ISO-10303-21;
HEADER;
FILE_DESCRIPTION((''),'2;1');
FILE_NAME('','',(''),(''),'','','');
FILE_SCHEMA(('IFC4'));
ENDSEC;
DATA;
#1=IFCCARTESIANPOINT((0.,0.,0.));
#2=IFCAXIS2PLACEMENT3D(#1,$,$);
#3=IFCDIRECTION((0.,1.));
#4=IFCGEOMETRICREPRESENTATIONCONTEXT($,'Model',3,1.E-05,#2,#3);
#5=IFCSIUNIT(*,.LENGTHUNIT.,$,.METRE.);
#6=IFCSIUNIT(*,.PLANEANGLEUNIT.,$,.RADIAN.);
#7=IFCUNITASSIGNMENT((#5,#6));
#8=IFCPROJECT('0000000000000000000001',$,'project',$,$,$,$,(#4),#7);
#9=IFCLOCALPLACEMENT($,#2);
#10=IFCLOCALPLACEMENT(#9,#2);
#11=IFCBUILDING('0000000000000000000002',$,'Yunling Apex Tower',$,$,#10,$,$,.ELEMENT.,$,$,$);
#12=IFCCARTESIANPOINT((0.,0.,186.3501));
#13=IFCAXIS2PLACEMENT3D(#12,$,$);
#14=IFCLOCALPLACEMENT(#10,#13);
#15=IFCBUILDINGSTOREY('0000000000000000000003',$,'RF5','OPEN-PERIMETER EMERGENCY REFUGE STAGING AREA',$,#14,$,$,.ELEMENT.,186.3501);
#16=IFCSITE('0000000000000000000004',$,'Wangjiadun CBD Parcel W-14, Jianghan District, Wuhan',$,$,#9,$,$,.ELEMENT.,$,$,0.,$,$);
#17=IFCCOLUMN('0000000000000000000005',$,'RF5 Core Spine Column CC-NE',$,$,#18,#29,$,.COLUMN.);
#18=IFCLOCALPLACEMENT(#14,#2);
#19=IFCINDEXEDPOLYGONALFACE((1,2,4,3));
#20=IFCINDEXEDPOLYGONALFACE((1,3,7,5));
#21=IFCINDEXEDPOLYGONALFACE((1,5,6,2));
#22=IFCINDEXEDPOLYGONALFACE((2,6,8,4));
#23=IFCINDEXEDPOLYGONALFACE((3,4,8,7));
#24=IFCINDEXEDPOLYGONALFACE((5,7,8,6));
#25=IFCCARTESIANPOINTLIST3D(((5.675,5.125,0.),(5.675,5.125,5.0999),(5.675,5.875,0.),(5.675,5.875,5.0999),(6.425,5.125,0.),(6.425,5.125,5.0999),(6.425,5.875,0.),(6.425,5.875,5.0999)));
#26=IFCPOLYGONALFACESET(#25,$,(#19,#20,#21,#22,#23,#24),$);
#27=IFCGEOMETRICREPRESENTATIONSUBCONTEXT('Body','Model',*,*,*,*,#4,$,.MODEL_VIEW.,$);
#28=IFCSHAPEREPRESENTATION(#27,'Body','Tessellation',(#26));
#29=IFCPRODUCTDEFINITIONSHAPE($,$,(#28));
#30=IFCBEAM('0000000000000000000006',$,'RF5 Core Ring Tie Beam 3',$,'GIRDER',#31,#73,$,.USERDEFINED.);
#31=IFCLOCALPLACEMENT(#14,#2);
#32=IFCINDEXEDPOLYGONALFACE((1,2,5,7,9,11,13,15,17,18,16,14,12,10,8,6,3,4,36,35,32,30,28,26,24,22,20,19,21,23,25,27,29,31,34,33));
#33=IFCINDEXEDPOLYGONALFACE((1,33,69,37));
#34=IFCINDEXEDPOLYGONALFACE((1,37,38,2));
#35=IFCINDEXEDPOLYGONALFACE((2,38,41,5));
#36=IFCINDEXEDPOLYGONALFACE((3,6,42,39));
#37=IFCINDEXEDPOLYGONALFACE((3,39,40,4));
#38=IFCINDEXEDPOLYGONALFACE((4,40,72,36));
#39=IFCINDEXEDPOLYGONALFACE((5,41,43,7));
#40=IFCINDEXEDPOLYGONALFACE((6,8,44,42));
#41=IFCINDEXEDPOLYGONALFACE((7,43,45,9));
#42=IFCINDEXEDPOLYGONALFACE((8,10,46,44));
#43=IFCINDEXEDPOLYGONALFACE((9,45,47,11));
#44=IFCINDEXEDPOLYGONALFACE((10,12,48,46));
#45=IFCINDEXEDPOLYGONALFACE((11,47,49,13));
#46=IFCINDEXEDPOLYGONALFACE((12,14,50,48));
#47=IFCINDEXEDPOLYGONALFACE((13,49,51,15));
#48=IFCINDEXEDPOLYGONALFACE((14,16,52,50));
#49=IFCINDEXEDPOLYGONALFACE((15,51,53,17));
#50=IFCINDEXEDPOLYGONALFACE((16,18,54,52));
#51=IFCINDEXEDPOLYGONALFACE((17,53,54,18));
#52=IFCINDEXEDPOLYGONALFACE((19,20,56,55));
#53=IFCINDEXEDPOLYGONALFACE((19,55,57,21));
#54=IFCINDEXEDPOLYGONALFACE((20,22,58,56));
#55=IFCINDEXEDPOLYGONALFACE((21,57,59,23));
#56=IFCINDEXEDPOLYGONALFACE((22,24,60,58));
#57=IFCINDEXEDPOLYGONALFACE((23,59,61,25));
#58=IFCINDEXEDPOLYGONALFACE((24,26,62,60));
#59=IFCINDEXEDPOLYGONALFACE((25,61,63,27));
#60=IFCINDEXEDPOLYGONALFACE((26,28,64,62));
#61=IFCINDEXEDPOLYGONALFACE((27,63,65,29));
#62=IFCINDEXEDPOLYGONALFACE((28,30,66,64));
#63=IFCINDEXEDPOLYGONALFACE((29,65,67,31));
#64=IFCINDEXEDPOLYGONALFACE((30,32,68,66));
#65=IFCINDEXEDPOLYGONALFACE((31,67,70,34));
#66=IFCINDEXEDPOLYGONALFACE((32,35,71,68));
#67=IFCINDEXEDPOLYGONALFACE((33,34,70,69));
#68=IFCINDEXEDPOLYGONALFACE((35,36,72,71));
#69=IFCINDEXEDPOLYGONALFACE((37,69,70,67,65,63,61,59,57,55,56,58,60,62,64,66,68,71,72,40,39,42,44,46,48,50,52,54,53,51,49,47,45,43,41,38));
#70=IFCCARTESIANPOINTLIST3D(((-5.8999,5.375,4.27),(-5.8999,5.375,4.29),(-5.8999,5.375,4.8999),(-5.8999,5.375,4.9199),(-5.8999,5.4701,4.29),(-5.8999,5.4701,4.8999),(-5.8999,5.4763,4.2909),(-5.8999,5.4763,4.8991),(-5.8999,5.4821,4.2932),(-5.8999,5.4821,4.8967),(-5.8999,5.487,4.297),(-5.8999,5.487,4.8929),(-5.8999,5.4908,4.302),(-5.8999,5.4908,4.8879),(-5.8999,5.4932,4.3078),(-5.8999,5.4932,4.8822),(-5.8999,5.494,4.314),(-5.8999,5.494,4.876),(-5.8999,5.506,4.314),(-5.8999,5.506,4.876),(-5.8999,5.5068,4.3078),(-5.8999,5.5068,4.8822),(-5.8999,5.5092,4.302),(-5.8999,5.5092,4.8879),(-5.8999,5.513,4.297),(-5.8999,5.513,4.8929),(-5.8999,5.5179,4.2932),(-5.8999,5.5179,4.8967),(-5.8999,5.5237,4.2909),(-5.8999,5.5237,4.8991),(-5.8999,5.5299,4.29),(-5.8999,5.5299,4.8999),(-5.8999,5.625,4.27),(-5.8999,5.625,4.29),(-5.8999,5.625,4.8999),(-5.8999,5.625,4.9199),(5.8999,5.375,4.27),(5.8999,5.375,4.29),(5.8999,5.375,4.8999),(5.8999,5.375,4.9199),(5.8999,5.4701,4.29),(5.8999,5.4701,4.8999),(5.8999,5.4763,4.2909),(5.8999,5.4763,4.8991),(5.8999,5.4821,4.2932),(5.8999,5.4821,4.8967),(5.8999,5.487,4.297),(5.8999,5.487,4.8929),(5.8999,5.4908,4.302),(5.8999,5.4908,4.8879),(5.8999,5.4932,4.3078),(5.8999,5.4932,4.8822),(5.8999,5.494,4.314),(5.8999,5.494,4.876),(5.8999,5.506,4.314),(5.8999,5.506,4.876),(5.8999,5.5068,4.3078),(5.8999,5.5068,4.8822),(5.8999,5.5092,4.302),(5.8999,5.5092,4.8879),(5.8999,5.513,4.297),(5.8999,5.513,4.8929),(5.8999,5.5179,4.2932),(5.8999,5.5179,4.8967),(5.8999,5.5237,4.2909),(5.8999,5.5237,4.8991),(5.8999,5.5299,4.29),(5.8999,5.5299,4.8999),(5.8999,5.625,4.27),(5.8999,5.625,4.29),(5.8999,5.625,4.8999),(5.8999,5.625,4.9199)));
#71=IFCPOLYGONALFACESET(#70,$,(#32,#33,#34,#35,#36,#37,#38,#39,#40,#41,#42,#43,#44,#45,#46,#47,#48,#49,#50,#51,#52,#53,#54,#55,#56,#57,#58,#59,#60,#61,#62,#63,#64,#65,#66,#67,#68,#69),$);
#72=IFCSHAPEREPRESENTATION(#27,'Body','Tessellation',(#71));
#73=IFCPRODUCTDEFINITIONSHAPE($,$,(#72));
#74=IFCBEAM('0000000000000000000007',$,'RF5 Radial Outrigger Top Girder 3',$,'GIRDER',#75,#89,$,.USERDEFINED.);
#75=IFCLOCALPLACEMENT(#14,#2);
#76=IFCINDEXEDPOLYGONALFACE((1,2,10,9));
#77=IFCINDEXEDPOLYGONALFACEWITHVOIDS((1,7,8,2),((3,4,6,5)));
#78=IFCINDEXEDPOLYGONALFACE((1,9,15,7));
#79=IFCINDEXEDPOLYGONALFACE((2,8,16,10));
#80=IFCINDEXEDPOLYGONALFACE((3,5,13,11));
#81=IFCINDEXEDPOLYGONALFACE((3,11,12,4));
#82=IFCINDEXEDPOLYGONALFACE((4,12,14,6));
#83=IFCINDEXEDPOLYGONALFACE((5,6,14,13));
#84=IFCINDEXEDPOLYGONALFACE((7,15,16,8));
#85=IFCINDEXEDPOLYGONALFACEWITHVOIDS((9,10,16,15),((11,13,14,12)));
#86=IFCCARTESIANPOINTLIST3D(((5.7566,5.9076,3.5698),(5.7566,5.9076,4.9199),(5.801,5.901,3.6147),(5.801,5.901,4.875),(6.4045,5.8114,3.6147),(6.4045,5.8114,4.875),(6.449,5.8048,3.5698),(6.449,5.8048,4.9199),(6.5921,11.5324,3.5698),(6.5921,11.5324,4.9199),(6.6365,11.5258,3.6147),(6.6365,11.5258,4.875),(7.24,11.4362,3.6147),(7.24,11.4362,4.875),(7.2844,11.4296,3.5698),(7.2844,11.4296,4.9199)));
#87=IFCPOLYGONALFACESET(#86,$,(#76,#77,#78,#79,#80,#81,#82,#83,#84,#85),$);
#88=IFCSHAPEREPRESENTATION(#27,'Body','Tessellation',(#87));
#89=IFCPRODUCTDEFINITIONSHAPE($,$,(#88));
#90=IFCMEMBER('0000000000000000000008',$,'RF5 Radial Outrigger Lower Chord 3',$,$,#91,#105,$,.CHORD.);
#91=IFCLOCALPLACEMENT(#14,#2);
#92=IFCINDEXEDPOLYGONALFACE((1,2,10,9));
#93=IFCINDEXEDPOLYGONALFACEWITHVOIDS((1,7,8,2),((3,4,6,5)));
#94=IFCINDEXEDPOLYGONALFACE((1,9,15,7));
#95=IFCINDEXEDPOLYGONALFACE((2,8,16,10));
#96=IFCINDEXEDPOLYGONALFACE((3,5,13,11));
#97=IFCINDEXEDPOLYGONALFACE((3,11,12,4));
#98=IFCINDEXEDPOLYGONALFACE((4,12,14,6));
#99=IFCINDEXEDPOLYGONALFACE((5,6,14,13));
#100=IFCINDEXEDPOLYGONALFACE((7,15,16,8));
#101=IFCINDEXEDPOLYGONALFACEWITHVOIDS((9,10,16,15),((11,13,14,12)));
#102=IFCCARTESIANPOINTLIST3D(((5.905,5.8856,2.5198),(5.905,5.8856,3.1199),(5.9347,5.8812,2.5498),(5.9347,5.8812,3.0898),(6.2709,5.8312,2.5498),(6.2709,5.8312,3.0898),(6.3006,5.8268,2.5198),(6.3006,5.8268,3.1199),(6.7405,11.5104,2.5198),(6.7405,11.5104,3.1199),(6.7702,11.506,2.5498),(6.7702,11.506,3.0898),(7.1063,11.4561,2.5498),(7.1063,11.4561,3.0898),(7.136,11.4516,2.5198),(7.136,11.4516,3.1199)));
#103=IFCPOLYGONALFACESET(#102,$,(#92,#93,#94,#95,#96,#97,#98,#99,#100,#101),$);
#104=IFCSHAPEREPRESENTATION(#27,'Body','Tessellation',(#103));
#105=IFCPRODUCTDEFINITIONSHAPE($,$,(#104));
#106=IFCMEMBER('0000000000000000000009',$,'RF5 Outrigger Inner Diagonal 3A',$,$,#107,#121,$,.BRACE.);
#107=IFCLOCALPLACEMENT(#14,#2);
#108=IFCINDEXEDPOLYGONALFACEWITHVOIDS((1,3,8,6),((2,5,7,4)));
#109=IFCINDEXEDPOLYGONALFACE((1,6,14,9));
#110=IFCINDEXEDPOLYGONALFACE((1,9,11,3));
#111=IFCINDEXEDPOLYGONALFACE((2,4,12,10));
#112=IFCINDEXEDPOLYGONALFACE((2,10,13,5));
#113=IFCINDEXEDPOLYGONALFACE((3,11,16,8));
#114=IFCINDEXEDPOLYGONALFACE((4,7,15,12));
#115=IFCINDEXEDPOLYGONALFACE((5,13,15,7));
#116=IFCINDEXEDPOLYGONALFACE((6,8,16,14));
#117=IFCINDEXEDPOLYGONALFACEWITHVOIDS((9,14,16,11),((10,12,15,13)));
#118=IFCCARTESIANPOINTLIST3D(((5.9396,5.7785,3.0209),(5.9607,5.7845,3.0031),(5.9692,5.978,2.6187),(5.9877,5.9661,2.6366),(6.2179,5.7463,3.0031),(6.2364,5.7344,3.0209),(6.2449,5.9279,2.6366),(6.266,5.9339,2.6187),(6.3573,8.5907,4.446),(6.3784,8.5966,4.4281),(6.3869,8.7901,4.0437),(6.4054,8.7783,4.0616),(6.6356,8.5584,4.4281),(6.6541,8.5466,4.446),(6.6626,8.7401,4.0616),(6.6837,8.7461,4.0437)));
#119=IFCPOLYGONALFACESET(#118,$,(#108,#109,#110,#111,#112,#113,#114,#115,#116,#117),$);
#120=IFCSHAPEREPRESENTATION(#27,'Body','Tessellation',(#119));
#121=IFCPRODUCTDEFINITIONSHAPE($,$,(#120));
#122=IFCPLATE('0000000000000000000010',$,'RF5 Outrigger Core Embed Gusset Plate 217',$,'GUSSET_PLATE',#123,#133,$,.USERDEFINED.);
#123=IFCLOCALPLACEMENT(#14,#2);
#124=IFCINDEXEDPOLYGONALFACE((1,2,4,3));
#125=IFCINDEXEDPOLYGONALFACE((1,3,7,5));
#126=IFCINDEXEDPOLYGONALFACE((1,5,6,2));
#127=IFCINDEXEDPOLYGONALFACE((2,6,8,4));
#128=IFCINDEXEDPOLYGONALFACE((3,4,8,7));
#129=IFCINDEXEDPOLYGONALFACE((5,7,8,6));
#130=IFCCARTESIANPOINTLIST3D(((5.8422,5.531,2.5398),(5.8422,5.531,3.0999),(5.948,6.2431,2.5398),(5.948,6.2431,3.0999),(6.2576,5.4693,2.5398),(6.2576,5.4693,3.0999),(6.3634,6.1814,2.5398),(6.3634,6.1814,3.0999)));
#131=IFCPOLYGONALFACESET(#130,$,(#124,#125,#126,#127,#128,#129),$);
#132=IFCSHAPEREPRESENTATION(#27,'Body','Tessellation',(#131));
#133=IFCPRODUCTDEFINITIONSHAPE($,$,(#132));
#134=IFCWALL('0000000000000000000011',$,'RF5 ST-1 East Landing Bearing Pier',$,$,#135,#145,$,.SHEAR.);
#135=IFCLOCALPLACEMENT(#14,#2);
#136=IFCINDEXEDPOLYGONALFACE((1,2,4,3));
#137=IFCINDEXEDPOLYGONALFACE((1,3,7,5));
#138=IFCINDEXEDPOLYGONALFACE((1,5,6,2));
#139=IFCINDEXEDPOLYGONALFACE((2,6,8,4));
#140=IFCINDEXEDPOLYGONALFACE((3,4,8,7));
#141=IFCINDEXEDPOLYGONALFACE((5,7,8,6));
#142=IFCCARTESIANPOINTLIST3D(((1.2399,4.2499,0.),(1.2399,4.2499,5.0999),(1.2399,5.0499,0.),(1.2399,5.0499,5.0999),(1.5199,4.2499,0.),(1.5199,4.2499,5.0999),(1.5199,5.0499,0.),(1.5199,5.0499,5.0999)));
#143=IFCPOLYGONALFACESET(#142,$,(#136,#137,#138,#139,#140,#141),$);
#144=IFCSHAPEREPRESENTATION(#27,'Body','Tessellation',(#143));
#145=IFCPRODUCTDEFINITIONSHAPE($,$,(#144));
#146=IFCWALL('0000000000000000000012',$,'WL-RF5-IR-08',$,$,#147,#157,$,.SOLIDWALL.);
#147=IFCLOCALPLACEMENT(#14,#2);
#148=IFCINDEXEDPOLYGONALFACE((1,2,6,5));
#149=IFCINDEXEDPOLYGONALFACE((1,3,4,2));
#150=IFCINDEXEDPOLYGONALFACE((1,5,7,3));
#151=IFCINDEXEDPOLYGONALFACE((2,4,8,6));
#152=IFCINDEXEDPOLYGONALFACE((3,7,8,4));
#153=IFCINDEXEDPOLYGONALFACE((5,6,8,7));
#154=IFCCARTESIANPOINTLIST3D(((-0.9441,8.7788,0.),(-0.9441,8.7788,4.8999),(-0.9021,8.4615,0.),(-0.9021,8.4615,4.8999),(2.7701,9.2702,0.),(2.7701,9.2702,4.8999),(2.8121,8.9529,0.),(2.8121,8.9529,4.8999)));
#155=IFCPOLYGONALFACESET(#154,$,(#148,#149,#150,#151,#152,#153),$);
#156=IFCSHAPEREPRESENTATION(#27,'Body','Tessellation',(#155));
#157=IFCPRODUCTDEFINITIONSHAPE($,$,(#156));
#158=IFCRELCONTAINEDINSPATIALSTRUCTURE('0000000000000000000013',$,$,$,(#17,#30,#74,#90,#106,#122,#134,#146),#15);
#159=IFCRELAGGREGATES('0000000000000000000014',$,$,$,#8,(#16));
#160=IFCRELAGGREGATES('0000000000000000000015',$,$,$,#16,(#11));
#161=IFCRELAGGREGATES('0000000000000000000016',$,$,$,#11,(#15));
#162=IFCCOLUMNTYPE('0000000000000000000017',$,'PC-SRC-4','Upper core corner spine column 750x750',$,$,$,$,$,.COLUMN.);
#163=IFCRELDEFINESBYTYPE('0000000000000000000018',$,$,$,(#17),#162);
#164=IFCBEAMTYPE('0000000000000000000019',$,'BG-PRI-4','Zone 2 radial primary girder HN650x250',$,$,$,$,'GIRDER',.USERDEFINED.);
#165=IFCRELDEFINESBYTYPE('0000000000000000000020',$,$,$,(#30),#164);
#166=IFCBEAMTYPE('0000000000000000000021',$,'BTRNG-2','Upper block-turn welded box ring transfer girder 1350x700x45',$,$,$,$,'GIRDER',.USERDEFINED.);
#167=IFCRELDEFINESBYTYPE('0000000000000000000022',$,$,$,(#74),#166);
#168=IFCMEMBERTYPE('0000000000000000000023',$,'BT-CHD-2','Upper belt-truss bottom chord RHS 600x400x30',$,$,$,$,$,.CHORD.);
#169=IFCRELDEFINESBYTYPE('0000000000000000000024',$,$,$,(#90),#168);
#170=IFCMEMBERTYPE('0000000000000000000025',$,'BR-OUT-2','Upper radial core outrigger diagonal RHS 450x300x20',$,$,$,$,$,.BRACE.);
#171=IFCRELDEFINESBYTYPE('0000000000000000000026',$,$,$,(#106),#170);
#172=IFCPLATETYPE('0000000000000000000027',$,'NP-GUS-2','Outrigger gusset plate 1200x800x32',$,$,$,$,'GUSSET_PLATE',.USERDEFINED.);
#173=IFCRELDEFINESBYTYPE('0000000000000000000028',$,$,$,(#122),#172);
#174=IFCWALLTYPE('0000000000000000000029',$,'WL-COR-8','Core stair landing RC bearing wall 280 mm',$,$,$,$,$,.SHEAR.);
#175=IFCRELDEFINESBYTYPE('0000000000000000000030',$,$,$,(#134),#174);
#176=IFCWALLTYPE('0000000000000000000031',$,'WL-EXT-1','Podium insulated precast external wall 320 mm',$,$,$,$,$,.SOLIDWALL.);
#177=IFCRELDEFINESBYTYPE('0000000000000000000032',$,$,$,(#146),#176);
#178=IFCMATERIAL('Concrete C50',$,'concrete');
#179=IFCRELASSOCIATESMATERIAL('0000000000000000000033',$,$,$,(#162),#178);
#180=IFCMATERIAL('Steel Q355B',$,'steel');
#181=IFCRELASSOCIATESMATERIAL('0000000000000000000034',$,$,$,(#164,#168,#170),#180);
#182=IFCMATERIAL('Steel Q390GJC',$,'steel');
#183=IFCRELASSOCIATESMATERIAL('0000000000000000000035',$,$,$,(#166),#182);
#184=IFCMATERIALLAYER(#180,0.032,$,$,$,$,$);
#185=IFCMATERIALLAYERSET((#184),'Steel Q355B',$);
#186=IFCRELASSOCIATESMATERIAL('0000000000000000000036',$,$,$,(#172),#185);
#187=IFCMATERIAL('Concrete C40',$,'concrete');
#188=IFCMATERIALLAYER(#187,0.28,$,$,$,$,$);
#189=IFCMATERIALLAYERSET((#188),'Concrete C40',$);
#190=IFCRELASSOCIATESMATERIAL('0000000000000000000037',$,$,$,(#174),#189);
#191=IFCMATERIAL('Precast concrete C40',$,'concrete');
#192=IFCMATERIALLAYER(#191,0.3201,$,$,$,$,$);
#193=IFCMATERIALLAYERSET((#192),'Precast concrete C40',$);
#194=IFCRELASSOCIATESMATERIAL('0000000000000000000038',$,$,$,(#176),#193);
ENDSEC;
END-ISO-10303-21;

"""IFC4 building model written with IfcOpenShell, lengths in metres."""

from ifc_helpers import new_model, si_unit, direction, frame, frame_2d, origin, origin_2d, place, context, subcontext, project, spatial, rectangle, hollow_rectangle, i_section, extrude, source, transform, mapped, material, layer, layer_set, material_profile, profile_set, type_object, element, save


model = new_model("IFC4")

# Units and contexts
model_context = context("Model", 3, precision=1e-05, world=origin(), true_north=direction((0.0, 1.0)))
body_context = subcontext(model_context, "Body", "Model", "MODEL_VIEW")
ifc_project = project(units=[si_unit("LENGTHUNIT", "METRE"), si_unit("PLANEANGLEUNIT", "RADIAN")], contexts=[model_context])

# Site, building, storey
site_placement = place(None, origin())
site = spatial("IfcSite", under=ifc_project, at=site_placement, Name="Wangjiadun CBD Parcel W-14, Jianghan District, Wuhan", CompositionType="ELEMENT", RefElevation=0.0)
building_placement = place(site_placement, origin())
building = spatial("IfcBuilding", under=site, at=building_placement, Name="Yunling Apex Tower", CompositionType="ELEMENT")
storey_placement = place(building_placement, frame((0.0, 0.0, 186.3501)))
storey = spatial("IfcBuildingStorey", under=building, at=storey_placement, Name="RF5", Description="OPEN-PERIMETER EMERGENCY REFUGE STAGING AREA", CompositionType="ELEMENT", Elevation=186.3501)

# Column
ifc_material_1 = material(Name="Concrete C50", Category="concrete")
ifc_material_profile_1 = material_profile(ifc_material_1, rectangle(XDim=0.75, YDim=0.75, at=origin_2d()))
ifc_profile_set_1 = profile_set([ifc_material_profile_1], Name="Concrete C50")
column_type = type_object("IfcColumnType", Name="PC-SRC-4", Description="Upper core corner spine column 750x750", PredefinedType="COLUMN", material=ifc_profile_set_1)
shared_shape_1 = source(origin(), body_context, "Body", "SweptSolid", [
    extrude(rectangle(XDim=0.75, YDim=0.75, at=origin_2d()), origin(), (0.0, 0.0, 1.0), 5.0999),
])
column_placement = place(storey_placement, frame((6.05, 5.5, 0.0), z_axis=(0.0, 0.0, 1.0), x_axis=(1.0, 0.0, 0.0)))
element("IfcColumn", 1, at=column_placement, inside=storey, type_object=column_type, Name="RF5 Core Spine Column CC-NE", PredefinedType="COLUMN", context=body_context, shape_type="MappedRepresentation", body=[
    mapped(shared_shape_1, transform((0.0, 0.0, 0.0), scale=1.0)),
])

# Beams
ifc_material_2 = material(Name="Steel Q355B", Category="steel")
ifc_material_profile_2 = material_profile(ifc_material_2, i_section(OverallWidth=0.25, OverallDepth=0.6499, WebThickness=0.012, FlangeThickness=0.02, FilletRadius=0.0239, at=origin_2d()))
ifc_profile_set_2 = profile_set([ifc_material_profile_2], Name="Steel Q355B")
beam_type_1 = type_object("IfcBeamType", Name="BG-PRI-4", Description="Zone 2 radial primary girder HN650x250", ElementType="GIRDER", PredefinedType="USERDEFINED", material=ifc_profile_set_2)
shared_shape_2 = source(origin(), body_context, "Body", "SweptSolid", [
    extrude(i_section(OverallWidth=0.25, OverallDepth=0.6499, WebThickness=0.012, FlangeThickness=0.02, FilletRadius=0.0239, at=origin_2d()), origin(), (0.0, 0.0, 1.0), 11.7998),
])
beam_1_placement = place(storey_placement, frame((5.8999, 5.5, 4.595), z_axis=(-1.0, 0.0, 0.0), x_axis=(0.0, -1.0, 0.0)))
element("IfcBeam", 2, at=beam_1_placement, inside=storey, type_object=beam_type_1, Name="RF5 Core Ring Tie Beam 3", ObjectType="GIRDER", PredefinedType="USERDEFINED", context=body_context, shape_type="MappedRepresentation", body=[
    mapped(shared_shape_2, transform((0.0, 0.0, 0.0), scale=1.0)),
])
ifc_material_3 = material(Name="Steel Q390GJC", Category="steel")
ifc_material_profile_3 = material_profile(ifc_material_3, hollow_rectangle(XDim=0.7, YDim=1.3501, WallThickness=0.0449, at=origin_2d()))
ifc_profile_set_3 = profile_set([ifc_material_profile_3], Name="Steel Q390GJC")
beam_type_2 = type_object("IfcBeamType", Name="BTRNG-2", Description="Upper block-turn welded box ring transfer girder 1350x700x45", ElementType="GIRDER", PredefinedType="USERDEFINED", material=ifc_profile_set_3)
shared_shape_3 = source(origin(), body_context, "Body", "SweptSolid", [
    extrude(hollow_rectangle(XDim=0.7, YDim=1.3501, WallThickness=0.0449, at=origin_2d()), origin(), (0.0, 0.0, 1.0), 5.6865),
])
beam_2_placement = place(storey_placement, frame((6.1028, 5.8562, 4.2449), z_axis=(0.146919, 0.989149, 0.0), x_axis=(-0.989149, 0.146919, 0.0)))
element("IfcBeam", 3, at=beam_2_placement, inside=storey, type_object=beam_type_2, Name="RF5 Radial Outrigger Top Girder 3", ObjectType="GIRDER", PredefinedType="USERDEFINED", context=body_context, shape_type="MappedRepresentation", body=[
    mapped(shared_shape_3, transform((0.0, 0.0, 0.0), scale=1.0)),
])

# Members
ifc_material_profile_4 = material_profile(ifc_material_2, hollow_rectangle(XDim=0.3999, YDim=0.6001, WallThickness=0.03, at=origin_2d()))
ifc_profile_set_4 = profile_set([ifc_material_profile_4], Name="Steel Q355B")
member_type_1 = type_object("IfcMemberType", Name="BT-CHD-2", Description="Upper belt-truss bottom chord RHS 600x400x30", PredefinedType="CHORD", material=ifc_profile_set_4)
shared_shape_4 = source(origin(), body_context, "Body", "SweptSolid", [
    extrude(hollow_rectangle(XDim=0.3999, YDim=0.6001, WallThickness=0.03, at=origin_2d()), origin(), (0.0, 0.0, 1.0), 5.6865),
])
member_1_placement = place(storey_placement, frame((6.1028, 5.8562, 2.8198), z_axis=(0.146919, 0.989149, 0.0), x_axis=(-0.989149, 0.146919, 0.0)))
element("IfcMember", 4, at=member_1_placement, inside=storey, type_object=member_type_1, Name="RF5 Radial Outrigger Lower Chord 3", PredefinedType="CHORD", context=body_context, shape_type="MappedRepresentation", body=[
    mapped(shared_shape_4, transform((0.0, 0.0, 0.0), scale=1.0)),
])
ifc_material_profile_5 = material_profile(ifc_material_2, hollow_rectangle(XDim=0.3, YDim=0.45, WallThickness=0.02, at=origin_2d()))
ifc_profile_set_5 = profile_set([ifc_material_profile_5], Name="Steel Q355B")
member_type_2 = type_object("IfcMemberType", Name="BR-OUT-2", Description="Upper radial core outrigger diagonal RHS 450x300x20", PredefinedType="BRACE", material=ifc_profile_set_5)
shared_shape_5 = source(origin(), body_context, "Body", "SweptSolid", [
    extrude(hollow_rectangle(XDim=0.3, YDim=0.45, WallThickness=0.02, at=origin_2d()), origin(), (0.0, 0.0, 1.0), 3.1802),
])
member_2_placement = place(storey_placement, frame((6.1028, 5.8562, 2.8198), z_axis=(0.131349, 0.884285, 0.448092), x_axis=(-0.989148, 0.146925, 0.0)))
element("IfcMember", 5, at=member_2_placement, inside=storey, type_object=member_type_2, Name="RF5 Outrigger Inner Diagonal 3A", PredefinedType="BRACE", context=body_context, shape_type="MappedRepresentation", body=[
    mapped(shared_shape_5, transform((0.0, 0.0, 0.0), scale=1.0)),
])

# Plate
ifc_layer_1 = layer(ifc_material_2, 0.032)
ifc_layer_set_1 = layer_set([ifc_layer_1], Name="Steel Q355B")
plate_type = type_object("IfcPlateType", Name="NP-GUS-2", Description="Outrigger gusset plate 1200x800x32", ElementType="GUSSET_PLATE", PredefinedType="USERDEFINED", material=ifc_layer_set_1)
shared_shape_6 = source(origin(), body_context, "Body", "SweptSolid", [
    extrude(rectangle(XDim=0.72, YDim=0.4199, at=origin_2d()), origin(), (0.0, 0.0, 1.0), 0.5601),
])
plate_placement = place(storey_placement, frame((6.1028, 5.8562, 2.5398), z_axis=(0.0, 0.0, 1.0), x_axis=(0.146946, 0.989144, 0.0)))
element("IfcPlate", 6, at=plate_placement, inside=storey, type_object=plate_type, Name="RF5 Outrigger Core Embed Gusset Plate 217", ObjectType="GUSSET_PLATE", PredefinedType="USERDEFINED", context=body_context, shape_type="MappedRepresentation", body=[
    mapped(shared_shape_6, transform((0.0, 0.0, 0.0), scale=1.0)),
])

# Walls
ifc_material_4 = material(Name="Concrete C40", Category="concrete")
ifc_layer_2 = layer(ifc_material_4, 0.28)
ifc_layer_set_2 = layer_set([ifc_layer_2], Name="Concrete C40")
wall_type_1 = type_object("IfcWallType", Name="WL-COR-8", Description="Core stair landing RC bearing wall 280 mm", PredefinedType="SHEAR", material=ifc_layer_set_2)
wall_1_placement = place(storey_placement, frame((1.3799, 4.25, 0.0), z_axis=(0.0, 0.0, 1.0), x_axis=(0.0, 1.0, 0.0)))
element("IfcWall", 7, at=wall_1_placement, inside=storey, type_object=wall_type_1, Name="RF5 ST-1 East Landing Bearing Pier", PredefinedType="SHEAR", context=body_context, shape_type="SweptSolid", body=[
    extrude(rectangle(XDim=0.8, YDim=0.28, at=frame_2d((0.3999, 0.0))), origin(), (0.0, 0.0, 1.0), 5.0999),
])
ifc_material_5 = material(Name="Precast concrete C40", Category="concrete")
ifc_layer_3 = layer(ifc_material_5, 0.3201)
ifc_layer_set_3 = layer_set([ifc_layer_3], Name="Precast concrete C40")
wall_type_2 = type_object("IfcWallType", Name="WL-EXT-1", Description="Podium insulated precast external wall 320 mm", PredefinedType="SOLIDWALL", material=ifc_layer_set_3)
wall_2_placement = place(storey_placement, frame((-0.9231, 8.6201, 0.0), z_axis=(0.0, 0.0, 1.0), x_axis=(0.991359, 0.131178, 0.0)))
element("IfcWall", 8, at=wall_2_placement, inside=storey, type_object=wall_type_2, Name="WL-RF5-IR-08", PredefinedType="SOLIDWALL", context=body_context, shape_type="SweptSolid", body=[
    extrude(rectangle(XDim=3.7466, YDim=0.3201, at=frame_2d((1.8733, 0.0))), origin(), (0.0, 0.0, 1.0), 4.8999),
])

save(model, "model.ifc")
